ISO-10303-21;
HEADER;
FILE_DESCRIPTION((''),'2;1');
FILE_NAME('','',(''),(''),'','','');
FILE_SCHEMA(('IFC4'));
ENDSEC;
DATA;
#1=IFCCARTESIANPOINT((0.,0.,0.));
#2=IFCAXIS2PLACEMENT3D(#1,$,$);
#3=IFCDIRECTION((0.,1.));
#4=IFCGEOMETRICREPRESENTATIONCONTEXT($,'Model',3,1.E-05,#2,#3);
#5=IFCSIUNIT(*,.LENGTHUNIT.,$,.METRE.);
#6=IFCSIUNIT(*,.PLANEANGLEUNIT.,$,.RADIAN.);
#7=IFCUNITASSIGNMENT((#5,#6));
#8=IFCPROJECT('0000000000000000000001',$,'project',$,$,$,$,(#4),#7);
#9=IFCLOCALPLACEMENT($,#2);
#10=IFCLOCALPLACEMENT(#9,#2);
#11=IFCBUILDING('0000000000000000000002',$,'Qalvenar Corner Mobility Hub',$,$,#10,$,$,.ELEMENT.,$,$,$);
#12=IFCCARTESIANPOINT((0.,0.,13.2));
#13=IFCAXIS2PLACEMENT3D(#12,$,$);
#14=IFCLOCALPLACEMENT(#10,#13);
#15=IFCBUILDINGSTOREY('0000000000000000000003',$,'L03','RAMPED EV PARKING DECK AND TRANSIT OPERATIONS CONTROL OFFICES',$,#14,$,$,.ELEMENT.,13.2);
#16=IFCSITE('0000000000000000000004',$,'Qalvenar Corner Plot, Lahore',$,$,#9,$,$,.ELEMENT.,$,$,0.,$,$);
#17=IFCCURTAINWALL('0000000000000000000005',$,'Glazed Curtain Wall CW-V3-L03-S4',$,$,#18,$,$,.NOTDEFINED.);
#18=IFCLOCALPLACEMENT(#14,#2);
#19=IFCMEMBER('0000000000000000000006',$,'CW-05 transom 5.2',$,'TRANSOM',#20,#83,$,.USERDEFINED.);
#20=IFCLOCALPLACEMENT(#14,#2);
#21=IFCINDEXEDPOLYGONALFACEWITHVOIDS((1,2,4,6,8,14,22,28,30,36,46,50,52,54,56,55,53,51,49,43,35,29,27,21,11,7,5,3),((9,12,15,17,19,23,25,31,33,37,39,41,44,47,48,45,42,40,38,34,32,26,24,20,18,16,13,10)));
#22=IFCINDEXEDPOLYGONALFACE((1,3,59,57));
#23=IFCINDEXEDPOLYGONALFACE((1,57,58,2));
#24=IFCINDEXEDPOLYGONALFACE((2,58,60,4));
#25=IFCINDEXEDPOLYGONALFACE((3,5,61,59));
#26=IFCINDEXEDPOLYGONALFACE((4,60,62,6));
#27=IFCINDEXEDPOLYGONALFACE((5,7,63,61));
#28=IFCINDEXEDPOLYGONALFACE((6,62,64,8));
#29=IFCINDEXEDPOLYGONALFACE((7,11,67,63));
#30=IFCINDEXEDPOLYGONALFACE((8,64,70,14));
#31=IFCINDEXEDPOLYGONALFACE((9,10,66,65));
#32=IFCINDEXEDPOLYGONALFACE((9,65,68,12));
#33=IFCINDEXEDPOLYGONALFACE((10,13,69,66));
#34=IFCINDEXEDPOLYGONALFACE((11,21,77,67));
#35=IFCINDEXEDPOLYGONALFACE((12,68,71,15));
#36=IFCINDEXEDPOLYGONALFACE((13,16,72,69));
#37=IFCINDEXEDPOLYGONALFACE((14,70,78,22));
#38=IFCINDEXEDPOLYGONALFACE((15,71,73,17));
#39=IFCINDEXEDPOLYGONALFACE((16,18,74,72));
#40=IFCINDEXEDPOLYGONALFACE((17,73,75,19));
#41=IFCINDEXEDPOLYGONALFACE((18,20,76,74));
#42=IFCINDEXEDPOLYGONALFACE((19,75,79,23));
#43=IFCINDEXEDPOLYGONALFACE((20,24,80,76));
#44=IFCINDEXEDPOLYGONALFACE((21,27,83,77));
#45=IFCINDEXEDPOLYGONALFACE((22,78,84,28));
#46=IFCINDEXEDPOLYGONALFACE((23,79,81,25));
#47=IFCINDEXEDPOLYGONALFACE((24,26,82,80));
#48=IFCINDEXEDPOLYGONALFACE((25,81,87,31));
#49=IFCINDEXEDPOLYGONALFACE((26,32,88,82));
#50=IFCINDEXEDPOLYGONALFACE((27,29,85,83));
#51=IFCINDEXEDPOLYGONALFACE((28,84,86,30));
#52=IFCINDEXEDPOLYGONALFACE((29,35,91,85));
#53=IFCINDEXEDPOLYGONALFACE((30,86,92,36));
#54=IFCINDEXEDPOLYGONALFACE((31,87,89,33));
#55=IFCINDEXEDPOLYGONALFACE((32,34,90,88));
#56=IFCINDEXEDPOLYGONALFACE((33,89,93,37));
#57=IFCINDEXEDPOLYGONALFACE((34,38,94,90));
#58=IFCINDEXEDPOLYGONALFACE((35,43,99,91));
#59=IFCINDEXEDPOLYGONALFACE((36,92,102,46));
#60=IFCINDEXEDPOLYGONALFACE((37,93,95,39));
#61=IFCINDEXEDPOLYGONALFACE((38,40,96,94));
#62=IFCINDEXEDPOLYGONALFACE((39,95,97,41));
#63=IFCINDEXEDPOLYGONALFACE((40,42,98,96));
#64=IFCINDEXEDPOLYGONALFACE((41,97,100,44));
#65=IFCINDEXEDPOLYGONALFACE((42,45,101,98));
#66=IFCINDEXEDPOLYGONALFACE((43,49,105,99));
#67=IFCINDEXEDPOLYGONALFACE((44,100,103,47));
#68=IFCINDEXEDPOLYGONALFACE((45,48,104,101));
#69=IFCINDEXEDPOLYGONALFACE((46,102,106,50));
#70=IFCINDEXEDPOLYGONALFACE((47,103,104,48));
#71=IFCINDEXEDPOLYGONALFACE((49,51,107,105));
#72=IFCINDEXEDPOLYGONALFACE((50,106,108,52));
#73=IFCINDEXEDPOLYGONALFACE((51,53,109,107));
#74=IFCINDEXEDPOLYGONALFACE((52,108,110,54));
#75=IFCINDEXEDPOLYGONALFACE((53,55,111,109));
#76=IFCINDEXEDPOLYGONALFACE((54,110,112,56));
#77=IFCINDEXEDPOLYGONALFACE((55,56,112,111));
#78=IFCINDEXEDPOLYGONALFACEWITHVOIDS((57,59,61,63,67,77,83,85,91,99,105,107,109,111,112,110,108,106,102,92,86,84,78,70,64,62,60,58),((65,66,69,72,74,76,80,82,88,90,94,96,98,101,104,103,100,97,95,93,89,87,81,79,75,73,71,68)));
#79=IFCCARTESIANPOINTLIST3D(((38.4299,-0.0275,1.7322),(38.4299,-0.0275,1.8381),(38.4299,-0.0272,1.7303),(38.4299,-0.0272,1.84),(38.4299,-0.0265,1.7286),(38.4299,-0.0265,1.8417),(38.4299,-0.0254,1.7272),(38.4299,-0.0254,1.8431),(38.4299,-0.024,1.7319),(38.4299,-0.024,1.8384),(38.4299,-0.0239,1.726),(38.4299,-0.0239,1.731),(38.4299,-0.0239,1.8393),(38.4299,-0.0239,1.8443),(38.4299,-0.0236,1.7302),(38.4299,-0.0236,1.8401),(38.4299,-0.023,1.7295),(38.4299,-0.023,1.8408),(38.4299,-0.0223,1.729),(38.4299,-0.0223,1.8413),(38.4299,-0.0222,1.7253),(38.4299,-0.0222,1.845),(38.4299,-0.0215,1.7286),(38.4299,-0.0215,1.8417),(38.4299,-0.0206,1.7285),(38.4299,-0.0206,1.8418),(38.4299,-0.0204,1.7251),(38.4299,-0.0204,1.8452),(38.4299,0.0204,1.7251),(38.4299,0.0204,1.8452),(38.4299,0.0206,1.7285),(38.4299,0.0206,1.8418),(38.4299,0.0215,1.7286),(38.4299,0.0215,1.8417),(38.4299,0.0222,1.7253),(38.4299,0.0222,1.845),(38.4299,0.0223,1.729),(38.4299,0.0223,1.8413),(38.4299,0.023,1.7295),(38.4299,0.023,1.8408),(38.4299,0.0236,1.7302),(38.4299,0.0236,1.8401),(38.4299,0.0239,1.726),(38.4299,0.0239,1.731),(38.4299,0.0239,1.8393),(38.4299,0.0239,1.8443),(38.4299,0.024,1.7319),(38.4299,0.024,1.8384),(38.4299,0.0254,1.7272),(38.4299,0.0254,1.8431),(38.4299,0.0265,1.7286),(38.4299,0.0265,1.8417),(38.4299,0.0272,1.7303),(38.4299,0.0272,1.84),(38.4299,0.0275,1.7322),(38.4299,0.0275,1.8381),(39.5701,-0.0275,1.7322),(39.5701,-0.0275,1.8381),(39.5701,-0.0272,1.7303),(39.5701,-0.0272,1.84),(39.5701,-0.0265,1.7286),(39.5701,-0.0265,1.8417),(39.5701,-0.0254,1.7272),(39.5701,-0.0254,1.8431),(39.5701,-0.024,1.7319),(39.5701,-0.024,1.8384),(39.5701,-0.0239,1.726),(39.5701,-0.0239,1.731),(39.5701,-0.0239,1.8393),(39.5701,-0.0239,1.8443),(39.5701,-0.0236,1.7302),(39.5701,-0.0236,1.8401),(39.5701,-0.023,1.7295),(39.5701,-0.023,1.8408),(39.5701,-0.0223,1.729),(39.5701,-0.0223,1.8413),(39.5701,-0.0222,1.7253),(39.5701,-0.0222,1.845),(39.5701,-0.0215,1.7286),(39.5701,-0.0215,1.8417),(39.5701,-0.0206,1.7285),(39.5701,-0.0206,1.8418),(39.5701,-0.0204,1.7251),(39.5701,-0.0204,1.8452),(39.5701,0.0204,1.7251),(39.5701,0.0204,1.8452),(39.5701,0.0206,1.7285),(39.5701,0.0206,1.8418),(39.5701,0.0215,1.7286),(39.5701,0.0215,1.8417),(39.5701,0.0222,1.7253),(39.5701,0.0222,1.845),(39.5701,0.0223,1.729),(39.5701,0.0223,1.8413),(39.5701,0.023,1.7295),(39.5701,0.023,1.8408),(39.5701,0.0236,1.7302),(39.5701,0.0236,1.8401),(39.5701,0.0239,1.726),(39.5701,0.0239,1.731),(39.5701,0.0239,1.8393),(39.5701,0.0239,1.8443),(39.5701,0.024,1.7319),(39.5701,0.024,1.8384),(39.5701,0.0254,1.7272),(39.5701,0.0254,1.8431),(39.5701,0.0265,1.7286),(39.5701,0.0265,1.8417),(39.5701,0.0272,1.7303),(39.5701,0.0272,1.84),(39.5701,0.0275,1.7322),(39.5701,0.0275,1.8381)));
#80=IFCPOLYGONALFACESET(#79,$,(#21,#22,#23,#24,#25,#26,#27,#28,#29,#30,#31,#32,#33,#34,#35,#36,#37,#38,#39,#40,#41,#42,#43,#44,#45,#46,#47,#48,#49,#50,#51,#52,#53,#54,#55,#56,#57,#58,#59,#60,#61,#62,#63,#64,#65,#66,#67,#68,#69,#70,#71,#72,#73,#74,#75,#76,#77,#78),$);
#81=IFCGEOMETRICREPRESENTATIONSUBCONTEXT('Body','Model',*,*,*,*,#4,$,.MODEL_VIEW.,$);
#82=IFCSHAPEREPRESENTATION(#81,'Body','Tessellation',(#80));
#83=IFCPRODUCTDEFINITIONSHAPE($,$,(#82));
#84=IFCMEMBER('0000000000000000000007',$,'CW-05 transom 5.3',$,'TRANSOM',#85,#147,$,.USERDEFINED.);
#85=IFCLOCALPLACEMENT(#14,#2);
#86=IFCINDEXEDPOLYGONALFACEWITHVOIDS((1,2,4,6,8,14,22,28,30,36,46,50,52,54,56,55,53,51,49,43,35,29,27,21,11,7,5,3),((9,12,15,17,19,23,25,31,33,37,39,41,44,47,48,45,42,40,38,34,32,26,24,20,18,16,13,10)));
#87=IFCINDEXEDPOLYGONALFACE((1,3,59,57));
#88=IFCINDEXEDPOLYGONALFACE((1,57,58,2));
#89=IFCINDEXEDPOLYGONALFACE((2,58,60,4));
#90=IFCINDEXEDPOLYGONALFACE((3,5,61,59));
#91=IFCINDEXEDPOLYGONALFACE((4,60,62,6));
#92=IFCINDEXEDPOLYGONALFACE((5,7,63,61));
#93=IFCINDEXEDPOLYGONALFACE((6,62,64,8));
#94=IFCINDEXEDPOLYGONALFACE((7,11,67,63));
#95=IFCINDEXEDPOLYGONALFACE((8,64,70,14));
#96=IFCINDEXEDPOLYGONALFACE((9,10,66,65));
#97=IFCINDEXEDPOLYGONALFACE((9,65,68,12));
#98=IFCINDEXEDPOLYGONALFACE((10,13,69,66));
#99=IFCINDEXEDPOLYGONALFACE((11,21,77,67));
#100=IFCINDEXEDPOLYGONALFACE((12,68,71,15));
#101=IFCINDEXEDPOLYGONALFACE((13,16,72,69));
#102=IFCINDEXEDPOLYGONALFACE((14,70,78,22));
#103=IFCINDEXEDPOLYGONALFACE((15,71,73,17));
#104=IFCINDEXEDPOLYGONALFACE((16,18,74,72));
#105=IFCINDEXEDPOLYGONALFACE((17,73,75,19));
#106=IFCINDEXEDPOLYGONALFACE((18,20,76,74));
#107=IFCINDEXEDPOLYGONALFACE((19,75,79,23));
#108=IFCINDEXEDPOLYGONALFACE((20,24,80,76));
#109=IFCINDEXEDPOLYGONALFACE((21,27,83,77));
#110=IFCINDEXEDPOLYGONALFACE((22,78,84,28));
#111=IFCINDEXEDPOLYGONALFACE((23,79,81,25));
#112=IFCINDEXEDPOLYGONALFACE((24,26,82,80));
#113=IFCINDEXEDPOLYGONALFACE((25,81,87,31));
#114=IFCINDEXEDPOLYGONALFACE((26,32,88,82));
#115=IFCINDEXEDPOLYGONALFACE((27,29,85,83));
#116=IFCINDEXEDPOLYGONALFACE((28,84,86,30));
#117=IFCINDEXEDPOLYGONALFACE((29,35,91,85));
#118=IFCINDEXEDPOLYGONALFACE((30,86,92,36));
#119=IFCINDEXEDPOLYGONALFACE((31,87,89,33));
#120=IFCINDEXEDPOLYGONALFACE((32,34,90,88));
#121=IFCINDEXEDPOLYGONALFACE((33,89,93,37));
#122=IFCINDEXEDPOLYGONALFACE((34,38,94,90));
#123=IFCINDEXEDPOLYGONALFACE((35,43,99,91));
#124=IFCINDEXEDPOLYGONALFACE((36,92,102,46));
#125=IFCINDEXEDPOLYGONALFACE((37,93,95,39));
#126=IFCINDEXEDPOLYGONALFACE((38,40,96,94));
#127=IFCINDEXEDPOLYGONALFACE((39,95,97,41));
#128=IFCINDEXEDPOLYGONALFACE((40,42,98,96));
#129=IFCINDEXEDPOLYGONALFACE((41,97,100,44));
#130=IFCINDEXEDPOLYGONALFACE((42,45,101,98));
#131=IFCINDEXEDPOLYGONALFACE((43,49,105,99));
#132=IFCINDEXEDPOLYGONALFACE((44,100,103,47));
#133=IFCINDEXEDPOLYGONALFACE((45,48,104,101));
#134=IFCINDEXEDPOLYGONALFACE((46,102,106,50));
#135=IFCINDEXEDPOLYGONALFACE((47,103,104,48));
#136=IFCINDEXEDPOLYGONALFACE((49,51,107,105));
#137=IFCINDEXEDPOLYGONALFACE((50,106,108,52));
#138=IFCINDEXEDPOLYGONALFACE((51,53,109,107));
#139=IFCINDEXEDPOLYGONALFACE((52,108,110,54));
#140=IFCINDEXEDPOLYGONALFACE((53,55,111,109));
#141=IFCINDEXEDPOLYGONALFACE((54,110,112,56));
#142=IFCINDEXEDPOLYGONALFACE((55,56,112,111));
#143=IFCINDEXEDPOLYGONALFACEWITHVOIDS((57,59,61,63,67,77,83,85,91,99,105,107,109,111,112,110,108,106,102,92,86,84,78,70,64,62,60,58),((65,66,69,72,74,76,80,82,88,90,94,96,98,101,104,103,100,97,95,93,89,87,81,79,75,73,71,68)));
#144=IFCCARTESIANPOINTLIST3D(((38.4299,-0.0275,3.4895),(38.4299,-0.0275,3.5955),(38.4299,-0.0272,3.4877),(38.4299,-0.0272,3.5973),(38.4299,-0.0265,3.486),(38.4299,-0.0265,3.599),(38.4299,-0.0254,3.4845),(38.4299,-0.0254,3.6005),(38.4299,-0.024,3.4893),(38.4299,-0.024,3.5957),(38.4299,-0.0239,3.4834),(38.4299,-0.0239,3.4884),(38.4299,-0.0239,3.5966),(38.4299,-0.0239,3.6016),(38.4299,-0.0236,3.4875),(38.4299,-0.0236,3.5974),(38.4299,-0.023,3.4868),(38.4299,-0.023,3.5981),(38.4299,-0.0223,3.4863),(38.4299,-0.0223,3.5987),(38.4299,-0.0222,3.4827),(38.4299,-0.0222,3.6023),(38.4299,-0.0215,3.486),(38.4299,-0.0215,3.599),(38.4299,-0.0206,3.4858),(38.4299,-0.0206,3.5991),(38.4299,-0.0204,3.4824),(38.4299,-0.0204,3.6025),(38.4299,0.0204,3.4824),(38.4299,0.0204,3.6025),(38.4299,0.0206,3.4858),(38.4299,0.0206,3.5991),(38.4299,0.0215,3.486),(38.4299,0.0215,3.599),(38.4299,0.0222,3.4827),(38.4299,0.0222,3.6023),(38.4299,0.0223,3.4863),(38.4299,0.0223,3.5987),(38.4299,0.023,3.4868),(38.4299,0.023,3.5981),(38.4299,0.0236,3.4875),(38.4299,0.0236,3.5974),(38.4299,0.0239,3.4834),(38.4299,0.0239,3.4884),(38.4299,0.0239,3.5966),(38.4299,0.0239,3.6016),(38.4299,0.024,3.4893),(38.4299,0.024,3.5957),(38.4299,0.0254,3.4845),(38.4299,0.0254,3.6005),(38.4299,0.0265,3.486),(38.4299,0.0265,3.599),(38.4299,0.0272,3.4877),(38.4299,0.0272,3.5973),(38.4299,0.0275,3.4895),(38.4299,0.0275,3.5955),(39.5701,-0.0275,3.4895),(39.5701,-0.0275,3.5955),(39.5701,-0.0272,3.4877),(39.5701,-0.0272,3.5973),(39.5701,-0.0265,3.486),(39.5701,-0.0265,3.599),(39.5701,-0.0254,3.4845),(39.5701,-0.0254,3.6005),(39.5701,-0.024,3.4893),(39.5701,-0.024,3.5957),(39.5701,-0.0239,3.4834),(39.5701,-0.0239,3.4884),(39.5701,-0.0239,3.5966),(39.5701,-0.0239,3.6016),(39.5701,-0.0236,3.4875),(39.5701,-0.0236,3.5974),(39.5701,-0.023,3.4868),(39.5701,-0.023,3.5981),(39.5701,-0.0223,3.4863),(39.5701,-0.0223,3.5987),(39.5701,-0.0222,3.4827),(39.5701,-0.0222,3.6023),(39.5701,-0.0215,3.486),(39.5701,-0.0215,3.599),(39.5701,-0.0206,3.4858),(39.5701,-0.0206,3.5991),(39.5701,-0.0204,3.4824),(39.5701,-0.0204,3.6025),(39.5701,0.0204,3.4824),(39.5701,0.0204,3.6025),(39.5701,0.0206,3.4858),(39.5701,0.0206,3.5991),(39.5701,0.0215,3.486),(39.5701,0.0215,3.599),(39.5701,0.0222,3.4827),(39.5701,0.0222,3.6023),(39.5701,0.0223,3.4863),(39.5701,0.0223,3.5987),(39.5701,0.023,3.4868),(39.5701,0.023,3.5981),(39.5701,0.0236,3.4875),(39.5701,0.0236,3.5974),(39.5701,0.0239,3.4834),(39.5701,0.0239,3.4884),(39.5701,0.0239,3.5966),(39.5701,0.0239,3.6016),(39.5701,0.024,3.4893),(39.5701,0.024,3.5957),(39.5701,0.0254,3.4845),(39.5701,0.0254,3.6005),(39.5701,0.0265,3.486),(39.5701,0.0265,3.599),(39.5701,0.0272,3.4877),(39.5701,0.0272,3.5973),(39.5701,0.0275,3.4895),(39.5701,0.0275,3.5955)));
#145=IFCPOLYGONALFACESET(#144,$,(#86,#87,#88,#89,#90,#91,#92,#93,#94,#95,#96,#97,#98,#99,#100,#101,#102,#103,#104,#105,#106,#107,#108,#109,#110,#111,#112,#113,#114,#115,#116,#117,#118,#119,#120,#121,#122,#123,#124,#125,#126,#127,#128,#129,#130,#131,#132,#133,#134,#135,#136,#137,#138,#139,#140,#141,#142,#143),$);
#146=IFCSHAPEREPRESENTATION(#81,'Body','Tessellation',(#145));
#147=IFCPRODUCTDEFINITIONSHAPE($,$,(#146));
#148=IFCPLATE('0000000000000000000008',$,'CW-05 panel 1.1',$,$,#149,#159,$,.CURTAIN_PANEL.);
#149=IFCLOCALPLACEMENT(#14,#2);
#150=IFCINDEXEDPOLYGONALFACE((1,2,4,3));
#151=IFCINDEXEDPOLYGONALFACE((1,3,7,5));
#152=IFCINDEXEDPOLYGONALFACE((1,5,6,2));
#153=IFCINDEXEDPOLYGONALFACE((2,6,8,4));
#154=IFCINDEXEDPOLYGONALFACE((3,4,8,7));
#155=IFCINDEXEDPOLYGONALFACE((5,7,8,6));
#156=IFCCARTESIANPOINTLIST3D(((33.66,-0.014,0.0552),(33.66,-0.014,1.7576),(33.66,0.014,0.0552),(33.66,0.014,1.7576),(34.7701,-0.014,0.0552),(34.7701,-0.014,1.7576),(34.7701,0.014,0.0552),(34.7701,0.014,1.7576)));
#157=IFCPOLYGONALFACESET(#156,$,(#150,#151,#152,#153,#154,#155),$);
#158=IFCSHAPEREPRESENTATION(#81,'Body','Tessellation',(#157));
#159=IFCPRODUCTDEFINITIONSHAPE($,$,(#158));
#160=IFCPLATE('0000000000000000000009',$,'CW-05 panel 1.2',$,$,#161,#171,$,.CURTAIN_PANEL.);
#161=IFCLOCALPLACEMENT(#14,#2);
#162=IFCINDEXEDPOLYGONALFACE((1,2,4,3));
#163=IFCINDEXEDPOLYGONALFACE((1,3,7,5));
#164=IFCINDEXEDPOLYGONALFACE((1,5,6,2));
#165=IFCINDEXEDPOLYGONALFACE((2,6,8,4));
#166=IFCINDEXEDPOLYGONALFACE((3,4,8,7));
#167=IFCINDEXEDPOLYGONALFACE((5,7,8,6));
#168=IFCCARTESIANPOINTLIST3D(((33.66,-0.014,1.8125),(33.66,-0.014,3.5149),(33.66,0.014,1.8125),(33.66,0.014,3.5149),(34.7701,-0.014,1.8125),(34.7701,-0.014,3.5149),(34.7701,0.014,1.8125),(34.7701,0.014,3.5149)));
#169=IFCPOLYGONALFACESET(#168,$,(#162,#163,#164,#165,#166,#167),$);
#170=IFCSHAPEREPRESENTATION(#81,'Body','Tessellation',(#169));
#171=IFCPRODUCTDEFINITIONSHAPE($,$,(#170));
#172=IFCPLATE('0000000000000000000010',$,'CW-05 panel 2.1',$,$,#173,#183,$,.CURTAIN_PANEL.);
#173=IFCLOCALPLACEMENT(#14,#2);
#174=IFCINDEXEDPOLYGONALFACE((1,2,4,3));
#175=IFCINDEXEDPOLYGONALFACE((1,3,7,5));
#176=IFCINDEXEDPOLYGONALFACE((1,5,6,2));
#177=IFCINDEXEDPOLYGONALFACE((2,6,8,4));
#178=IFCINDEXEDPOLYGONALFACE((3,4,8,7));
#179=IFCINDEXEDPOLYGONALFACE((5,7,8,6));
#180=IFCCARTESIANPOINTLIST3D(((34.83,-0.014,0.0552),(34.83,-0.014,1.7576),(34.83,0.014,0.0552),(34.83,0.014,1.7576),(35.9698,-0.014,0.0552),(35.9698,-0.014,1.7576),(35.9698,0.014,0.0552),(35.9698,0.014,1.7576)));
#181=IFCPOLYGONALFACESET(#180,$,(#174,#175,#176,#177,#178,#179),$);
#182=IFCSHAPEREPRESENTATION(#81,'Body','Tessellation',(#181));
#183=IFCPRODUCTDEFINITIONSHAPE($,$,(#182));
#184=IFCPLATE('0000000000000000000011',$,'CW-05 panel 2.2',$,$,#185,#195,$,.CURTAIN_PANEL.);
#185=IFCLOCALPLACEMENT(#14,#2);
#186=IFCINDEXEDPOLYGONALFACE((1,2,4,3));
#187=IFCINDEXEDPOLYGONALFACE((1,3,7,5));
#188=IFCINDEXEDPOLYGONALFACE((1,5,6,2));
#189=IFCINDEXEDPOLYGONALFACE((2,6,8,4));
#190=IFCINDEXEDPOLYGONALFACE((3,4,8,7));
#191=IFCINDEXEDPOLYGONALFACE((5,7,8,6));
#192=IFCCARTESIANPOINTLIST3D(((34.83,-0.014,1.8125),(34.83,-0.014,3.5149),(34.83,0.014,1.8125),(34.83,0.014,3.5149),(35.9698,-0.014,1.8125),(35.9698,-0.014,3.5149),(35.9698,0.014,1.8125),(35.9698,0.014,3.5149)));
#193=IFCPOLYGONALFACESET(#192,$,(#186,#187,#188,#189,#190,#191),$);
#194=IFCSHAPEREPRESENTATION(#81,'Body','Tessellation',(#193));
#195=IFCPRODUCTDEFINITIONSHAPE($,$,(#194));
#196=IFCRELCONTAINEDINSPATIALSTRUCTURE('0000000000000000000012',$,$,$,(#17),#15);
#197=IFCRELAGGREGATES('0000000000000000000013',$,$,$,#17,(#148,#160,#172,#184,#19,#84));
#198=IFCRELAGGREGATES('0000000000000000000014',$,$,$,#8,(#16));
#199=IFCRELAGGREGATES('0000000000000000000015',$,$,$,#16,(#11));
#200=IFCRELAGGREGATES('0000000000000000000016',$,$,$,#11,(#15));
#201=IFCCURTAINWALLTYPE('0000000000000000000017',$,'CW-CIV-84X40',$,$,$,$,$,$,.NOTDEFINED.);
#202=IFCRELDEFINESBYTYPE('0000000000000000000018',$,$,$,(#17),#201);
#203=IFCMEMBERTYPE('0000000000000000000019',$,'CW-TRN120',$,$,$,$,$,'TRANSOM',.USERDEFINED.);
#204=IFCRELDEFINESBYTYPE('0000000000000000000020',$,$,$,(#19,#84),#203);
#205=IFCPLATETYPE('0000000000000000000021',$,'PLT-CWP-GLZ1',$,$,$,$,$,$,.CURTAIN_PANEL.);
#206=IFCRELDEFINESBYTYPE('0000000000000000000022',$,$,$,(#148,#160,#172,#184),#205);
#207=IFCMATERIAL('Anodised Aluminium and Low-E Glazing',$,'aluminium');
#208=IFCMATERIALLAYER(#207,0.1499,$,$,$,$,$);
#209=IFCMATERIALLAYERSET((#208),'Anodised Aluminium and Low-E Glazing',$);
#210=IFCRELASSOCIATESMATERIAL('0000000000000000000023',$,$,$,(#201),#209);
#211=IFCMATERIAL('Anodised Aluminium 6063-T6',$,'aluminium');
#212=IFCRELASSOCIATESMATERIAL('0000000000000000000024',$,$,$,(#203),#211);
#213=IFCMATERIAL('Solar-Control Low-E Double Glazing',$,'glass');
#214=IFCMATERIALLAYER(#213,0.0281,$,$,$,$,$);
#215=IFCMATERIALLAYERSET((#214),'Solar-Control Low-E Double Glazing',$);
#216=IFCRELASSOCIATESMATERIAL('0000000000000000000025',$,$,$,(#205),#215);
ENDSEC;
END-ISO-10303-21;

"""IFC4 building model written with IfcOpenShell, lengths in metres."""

from ifc_helpers import new_model, si_unit, direction, frame, origin, origin_2d, place, context, subcontext, project, spatial, rectangle, hollow_rectangle, extrude, material, layer, layer_set, material_profile, profile_set, type_object, element, aggregate, save


model = new_model("IFC4")

# Units and contexts
model_context = context("Model", 3, precision=1e-05, world=origin(), true_north=direction((0.0, 1.0)))
body_context = subcontext(model_context, "Body", "Model", "MODEL_VIEW")
ifc_project = project(units=[si_unit("LENGTHUNIT", "METRE"), si_unit("PLANEANGLEUNIT", "RADIAN")], contexts=[model_context])

# Site, building, storey
site_placement = place(None, origin())
site = spatial("IfcSite", under=ifc_project, at=site_placement, Name="Qalvenar Corner Plot, Lahore", CompositionType="ELEMENT", RefElevation=0.0)
building_placement = place(site_placement, origin())
building = spatial("IfcBuilding", under=site, at=building_placement, Name="Qalvenar Corner Mobility Hub", CompositionType="ELEMENT")
storey_placement = place(building_placement, frame((0.0, 0.0, 13.2)))
storey = spatial("IfcBuildingStorey", under=building, at=storey_placement, Name="L03", Description="RAMPED EV PARKING DECK AND TRANSIT OPERATIONS CONTROL OFFICES", CompositionType="ELEMENT", Elevation=13.2)

# Curtain wall, members, plates
ifc_material_1 = material(Name="Anodised Aluminium and Low-E Glazing", Category="aluminium")
ifc_layer_1 = layer(ifc_material_1, 0.1499)
ifc_layer_set_1 = layer_set([ifc_layer_1], Name="Anodised Aluminium and Low-E Glazing")
curtain_wall_type = type_object("IfcCurtainWallType", Name="CW-CIV-84X40", PredefinedType="NOTDEFINED", material=ifc_layer_set_1)
curtain_wall_placement = place(storey_placement, origin())
curtain_wall = element("IfcCurtainWall", 1, at=curtain_wall_placement, inside=storey, type_object=curtain_wall_type, Name="Glazed Curtain Wall CW-V3-L03-S4", PredefinedType="NOTDEFINED")
ifc_material_2 = material(Name="Anodised Aluminium 6063-T6", Category="aluminium")
ifc_material_profile_1 = material_profile(ifc_material_2, hollow_rectangle(XDim=0.0549, YDim=0.1201, WallThickness=0.0034, InnerFilletRadius=0.0034, OuterFilletRadius=0.0071, at=origin_2d()), Name="RHS120x55x3.5")
ifc_profile_set_1 = profile_set([ifc_material_profile_1], Name="Anodised Aluminium 6063-T6")
member_type_1 = type_object("IfcMemberType", Name="CW-TRN120", ElementType="TRANSOM", PredefinedType="USERDEFINED", material=ifc_profile_set_1)
member_1_placement = place(storey_placement, frame((38.4299, 0.0, 1.7852), z_axis=(1.0, 0.0, 0.0), x_axis=(0.0, 1.0, 0.0)))
member_1 = element("IfcMember", 2, at=member_1_placement, type_object=member_type_1, Name="CW-05 transom 5.2", ObjectType="TRANSOM", PredefinedType="USERDEFINED", context=body_context, shape_type="SweptSolid", body=[
    extrude(hollow_rectangle(XDim=0.0549, YDim=0.1201, WallThickness=0.0034, InnerFilletRadius=0.0034, OuterFilletRadius=0.0071, at=origin_2d()), origin(), (0.0, 0.0, 1.0), 1.1401),
])
member_2_placement = place(storey_placement, frame((38.4299, 0.0, 3.5425), z_axis=(1.0, 0.0, 0.0), x_axis=(0.0, 1.0, 0.0)))
member_2 = element("IfcMember", 3, at=member_2_placement, type_object=member_type_1, Name="CW-05 transom 5.3", ObjectType="TRANSOM", PredefinedType="USERDEFINED", context=body_context, shape_type="SweptSolid", body=[
    extrude(hollow_rectangle(XDim=0.0549, YDim=0.1201, WallThickness=0.0034, InnerFilletRadius=0.0034, OuterFilletRadius=0.0071, at=origin_2d()), origin(), (0.0, 0.0, 1.0), 1.1401),
])
ifc_material_3 = material(Name="Solar-Control Low-E Double Glazing", Category="glass")
ifc_layer_2 = layer(ifc_material_3, 0.0281)
ifc_layer_set_2 = layer_set([ifc_layer_2], Name="Solar-Control Low-E Double Glazing")
plate_type = type_object("IfcPlateType", Name="PLT-CWP-GLZ1", PredefinedType="CURTAIN_PANEL", material=ifc_layer_set_2)
plate_1_placement = place(storey_placement, frame((34.2151, 0.0, 0.0552), z_axis=(0.0, 0.0, 1.0), x_axis=(1.0, 0.0, 0.0)))
plate_1 = element("IfcPlate", 4, at=plate_1_placement, type_object=plate_type, Name="CW-05 panel 1.1", PredefinedType="CURTAIN_PANEL", context=body_context, shape_type="SweptSolid", body=[
    extrude(rectangle(XDim=1.1101, YDim=0.0281, at=origin_2d()), origin(), (0.0, 0.0, 1.0), 1.7024),
])
plate_2_placement = place(storey_placement, frame((34.2151, 0.0, 1.8125), z_axis=(0.0, 0.0, 1.0), x_axis=(1.0, 0.0, 0.0)))
plate_2 = element("IfcPlate", 5, at=plate_2_placement, type_object=plate_type, Name="CW-05 panel 1.2", PredefinedType="CURTAIN_PANEL", context=body_context, shape_type="SweptSolid", body=[
    extrude(rectangle(XDim=1.1101, YDim=0.0281, at=origin_2d()), origin(), (0.0, 0.0, 1.0), 1.7024),
])
plate_3_placement = place(storey_placement, frame((35.3999, 0.0, 0.0552), z_axis=(0.0, 0.0, 1.0), x_axis=(1.0, 0.0, 0.0)))
plate_3 = element("IfcPlate", 6, at=plate_3_placement, type_object=plate_type, Name="CW-05 panel 2.1", PredefinedType="CURTAIN_PANEL", context=body_context, shape_type="SweptSolid", body=[
    extrude(rectangle(XDim=1.1399, YDim=0.0281, at=origin_2d()), origin(), (0.0, 0.0, 1.0), 1.7024),
])
plate_4_placement = place(storey_placement, frame((35.3999, 0.0, 1.8125), z_axis=(0.0, 0.0, 1.0), x_axis=(1.0, 0.0, 0.0)))
plate_4 = element("IfcPlate", 7, at=plate_4_placement, type_object=plate_type, Name="CW-05 panel 2.2", PredefinedType="CURTAIN_PANEL", context=body_context, shape_type="SweptSolid", body=[
    extrude(rectangle(XDim=1.1399, YDim=0.0281, at=origin_2d()), origin(), (0.0, 0.0, 1.0), 1.7024),
])
aggregate(curtain_wall, [plate_1, plate_2, plate_3, plate_4, member_1, member_2])

save(model, "model.ifc")
